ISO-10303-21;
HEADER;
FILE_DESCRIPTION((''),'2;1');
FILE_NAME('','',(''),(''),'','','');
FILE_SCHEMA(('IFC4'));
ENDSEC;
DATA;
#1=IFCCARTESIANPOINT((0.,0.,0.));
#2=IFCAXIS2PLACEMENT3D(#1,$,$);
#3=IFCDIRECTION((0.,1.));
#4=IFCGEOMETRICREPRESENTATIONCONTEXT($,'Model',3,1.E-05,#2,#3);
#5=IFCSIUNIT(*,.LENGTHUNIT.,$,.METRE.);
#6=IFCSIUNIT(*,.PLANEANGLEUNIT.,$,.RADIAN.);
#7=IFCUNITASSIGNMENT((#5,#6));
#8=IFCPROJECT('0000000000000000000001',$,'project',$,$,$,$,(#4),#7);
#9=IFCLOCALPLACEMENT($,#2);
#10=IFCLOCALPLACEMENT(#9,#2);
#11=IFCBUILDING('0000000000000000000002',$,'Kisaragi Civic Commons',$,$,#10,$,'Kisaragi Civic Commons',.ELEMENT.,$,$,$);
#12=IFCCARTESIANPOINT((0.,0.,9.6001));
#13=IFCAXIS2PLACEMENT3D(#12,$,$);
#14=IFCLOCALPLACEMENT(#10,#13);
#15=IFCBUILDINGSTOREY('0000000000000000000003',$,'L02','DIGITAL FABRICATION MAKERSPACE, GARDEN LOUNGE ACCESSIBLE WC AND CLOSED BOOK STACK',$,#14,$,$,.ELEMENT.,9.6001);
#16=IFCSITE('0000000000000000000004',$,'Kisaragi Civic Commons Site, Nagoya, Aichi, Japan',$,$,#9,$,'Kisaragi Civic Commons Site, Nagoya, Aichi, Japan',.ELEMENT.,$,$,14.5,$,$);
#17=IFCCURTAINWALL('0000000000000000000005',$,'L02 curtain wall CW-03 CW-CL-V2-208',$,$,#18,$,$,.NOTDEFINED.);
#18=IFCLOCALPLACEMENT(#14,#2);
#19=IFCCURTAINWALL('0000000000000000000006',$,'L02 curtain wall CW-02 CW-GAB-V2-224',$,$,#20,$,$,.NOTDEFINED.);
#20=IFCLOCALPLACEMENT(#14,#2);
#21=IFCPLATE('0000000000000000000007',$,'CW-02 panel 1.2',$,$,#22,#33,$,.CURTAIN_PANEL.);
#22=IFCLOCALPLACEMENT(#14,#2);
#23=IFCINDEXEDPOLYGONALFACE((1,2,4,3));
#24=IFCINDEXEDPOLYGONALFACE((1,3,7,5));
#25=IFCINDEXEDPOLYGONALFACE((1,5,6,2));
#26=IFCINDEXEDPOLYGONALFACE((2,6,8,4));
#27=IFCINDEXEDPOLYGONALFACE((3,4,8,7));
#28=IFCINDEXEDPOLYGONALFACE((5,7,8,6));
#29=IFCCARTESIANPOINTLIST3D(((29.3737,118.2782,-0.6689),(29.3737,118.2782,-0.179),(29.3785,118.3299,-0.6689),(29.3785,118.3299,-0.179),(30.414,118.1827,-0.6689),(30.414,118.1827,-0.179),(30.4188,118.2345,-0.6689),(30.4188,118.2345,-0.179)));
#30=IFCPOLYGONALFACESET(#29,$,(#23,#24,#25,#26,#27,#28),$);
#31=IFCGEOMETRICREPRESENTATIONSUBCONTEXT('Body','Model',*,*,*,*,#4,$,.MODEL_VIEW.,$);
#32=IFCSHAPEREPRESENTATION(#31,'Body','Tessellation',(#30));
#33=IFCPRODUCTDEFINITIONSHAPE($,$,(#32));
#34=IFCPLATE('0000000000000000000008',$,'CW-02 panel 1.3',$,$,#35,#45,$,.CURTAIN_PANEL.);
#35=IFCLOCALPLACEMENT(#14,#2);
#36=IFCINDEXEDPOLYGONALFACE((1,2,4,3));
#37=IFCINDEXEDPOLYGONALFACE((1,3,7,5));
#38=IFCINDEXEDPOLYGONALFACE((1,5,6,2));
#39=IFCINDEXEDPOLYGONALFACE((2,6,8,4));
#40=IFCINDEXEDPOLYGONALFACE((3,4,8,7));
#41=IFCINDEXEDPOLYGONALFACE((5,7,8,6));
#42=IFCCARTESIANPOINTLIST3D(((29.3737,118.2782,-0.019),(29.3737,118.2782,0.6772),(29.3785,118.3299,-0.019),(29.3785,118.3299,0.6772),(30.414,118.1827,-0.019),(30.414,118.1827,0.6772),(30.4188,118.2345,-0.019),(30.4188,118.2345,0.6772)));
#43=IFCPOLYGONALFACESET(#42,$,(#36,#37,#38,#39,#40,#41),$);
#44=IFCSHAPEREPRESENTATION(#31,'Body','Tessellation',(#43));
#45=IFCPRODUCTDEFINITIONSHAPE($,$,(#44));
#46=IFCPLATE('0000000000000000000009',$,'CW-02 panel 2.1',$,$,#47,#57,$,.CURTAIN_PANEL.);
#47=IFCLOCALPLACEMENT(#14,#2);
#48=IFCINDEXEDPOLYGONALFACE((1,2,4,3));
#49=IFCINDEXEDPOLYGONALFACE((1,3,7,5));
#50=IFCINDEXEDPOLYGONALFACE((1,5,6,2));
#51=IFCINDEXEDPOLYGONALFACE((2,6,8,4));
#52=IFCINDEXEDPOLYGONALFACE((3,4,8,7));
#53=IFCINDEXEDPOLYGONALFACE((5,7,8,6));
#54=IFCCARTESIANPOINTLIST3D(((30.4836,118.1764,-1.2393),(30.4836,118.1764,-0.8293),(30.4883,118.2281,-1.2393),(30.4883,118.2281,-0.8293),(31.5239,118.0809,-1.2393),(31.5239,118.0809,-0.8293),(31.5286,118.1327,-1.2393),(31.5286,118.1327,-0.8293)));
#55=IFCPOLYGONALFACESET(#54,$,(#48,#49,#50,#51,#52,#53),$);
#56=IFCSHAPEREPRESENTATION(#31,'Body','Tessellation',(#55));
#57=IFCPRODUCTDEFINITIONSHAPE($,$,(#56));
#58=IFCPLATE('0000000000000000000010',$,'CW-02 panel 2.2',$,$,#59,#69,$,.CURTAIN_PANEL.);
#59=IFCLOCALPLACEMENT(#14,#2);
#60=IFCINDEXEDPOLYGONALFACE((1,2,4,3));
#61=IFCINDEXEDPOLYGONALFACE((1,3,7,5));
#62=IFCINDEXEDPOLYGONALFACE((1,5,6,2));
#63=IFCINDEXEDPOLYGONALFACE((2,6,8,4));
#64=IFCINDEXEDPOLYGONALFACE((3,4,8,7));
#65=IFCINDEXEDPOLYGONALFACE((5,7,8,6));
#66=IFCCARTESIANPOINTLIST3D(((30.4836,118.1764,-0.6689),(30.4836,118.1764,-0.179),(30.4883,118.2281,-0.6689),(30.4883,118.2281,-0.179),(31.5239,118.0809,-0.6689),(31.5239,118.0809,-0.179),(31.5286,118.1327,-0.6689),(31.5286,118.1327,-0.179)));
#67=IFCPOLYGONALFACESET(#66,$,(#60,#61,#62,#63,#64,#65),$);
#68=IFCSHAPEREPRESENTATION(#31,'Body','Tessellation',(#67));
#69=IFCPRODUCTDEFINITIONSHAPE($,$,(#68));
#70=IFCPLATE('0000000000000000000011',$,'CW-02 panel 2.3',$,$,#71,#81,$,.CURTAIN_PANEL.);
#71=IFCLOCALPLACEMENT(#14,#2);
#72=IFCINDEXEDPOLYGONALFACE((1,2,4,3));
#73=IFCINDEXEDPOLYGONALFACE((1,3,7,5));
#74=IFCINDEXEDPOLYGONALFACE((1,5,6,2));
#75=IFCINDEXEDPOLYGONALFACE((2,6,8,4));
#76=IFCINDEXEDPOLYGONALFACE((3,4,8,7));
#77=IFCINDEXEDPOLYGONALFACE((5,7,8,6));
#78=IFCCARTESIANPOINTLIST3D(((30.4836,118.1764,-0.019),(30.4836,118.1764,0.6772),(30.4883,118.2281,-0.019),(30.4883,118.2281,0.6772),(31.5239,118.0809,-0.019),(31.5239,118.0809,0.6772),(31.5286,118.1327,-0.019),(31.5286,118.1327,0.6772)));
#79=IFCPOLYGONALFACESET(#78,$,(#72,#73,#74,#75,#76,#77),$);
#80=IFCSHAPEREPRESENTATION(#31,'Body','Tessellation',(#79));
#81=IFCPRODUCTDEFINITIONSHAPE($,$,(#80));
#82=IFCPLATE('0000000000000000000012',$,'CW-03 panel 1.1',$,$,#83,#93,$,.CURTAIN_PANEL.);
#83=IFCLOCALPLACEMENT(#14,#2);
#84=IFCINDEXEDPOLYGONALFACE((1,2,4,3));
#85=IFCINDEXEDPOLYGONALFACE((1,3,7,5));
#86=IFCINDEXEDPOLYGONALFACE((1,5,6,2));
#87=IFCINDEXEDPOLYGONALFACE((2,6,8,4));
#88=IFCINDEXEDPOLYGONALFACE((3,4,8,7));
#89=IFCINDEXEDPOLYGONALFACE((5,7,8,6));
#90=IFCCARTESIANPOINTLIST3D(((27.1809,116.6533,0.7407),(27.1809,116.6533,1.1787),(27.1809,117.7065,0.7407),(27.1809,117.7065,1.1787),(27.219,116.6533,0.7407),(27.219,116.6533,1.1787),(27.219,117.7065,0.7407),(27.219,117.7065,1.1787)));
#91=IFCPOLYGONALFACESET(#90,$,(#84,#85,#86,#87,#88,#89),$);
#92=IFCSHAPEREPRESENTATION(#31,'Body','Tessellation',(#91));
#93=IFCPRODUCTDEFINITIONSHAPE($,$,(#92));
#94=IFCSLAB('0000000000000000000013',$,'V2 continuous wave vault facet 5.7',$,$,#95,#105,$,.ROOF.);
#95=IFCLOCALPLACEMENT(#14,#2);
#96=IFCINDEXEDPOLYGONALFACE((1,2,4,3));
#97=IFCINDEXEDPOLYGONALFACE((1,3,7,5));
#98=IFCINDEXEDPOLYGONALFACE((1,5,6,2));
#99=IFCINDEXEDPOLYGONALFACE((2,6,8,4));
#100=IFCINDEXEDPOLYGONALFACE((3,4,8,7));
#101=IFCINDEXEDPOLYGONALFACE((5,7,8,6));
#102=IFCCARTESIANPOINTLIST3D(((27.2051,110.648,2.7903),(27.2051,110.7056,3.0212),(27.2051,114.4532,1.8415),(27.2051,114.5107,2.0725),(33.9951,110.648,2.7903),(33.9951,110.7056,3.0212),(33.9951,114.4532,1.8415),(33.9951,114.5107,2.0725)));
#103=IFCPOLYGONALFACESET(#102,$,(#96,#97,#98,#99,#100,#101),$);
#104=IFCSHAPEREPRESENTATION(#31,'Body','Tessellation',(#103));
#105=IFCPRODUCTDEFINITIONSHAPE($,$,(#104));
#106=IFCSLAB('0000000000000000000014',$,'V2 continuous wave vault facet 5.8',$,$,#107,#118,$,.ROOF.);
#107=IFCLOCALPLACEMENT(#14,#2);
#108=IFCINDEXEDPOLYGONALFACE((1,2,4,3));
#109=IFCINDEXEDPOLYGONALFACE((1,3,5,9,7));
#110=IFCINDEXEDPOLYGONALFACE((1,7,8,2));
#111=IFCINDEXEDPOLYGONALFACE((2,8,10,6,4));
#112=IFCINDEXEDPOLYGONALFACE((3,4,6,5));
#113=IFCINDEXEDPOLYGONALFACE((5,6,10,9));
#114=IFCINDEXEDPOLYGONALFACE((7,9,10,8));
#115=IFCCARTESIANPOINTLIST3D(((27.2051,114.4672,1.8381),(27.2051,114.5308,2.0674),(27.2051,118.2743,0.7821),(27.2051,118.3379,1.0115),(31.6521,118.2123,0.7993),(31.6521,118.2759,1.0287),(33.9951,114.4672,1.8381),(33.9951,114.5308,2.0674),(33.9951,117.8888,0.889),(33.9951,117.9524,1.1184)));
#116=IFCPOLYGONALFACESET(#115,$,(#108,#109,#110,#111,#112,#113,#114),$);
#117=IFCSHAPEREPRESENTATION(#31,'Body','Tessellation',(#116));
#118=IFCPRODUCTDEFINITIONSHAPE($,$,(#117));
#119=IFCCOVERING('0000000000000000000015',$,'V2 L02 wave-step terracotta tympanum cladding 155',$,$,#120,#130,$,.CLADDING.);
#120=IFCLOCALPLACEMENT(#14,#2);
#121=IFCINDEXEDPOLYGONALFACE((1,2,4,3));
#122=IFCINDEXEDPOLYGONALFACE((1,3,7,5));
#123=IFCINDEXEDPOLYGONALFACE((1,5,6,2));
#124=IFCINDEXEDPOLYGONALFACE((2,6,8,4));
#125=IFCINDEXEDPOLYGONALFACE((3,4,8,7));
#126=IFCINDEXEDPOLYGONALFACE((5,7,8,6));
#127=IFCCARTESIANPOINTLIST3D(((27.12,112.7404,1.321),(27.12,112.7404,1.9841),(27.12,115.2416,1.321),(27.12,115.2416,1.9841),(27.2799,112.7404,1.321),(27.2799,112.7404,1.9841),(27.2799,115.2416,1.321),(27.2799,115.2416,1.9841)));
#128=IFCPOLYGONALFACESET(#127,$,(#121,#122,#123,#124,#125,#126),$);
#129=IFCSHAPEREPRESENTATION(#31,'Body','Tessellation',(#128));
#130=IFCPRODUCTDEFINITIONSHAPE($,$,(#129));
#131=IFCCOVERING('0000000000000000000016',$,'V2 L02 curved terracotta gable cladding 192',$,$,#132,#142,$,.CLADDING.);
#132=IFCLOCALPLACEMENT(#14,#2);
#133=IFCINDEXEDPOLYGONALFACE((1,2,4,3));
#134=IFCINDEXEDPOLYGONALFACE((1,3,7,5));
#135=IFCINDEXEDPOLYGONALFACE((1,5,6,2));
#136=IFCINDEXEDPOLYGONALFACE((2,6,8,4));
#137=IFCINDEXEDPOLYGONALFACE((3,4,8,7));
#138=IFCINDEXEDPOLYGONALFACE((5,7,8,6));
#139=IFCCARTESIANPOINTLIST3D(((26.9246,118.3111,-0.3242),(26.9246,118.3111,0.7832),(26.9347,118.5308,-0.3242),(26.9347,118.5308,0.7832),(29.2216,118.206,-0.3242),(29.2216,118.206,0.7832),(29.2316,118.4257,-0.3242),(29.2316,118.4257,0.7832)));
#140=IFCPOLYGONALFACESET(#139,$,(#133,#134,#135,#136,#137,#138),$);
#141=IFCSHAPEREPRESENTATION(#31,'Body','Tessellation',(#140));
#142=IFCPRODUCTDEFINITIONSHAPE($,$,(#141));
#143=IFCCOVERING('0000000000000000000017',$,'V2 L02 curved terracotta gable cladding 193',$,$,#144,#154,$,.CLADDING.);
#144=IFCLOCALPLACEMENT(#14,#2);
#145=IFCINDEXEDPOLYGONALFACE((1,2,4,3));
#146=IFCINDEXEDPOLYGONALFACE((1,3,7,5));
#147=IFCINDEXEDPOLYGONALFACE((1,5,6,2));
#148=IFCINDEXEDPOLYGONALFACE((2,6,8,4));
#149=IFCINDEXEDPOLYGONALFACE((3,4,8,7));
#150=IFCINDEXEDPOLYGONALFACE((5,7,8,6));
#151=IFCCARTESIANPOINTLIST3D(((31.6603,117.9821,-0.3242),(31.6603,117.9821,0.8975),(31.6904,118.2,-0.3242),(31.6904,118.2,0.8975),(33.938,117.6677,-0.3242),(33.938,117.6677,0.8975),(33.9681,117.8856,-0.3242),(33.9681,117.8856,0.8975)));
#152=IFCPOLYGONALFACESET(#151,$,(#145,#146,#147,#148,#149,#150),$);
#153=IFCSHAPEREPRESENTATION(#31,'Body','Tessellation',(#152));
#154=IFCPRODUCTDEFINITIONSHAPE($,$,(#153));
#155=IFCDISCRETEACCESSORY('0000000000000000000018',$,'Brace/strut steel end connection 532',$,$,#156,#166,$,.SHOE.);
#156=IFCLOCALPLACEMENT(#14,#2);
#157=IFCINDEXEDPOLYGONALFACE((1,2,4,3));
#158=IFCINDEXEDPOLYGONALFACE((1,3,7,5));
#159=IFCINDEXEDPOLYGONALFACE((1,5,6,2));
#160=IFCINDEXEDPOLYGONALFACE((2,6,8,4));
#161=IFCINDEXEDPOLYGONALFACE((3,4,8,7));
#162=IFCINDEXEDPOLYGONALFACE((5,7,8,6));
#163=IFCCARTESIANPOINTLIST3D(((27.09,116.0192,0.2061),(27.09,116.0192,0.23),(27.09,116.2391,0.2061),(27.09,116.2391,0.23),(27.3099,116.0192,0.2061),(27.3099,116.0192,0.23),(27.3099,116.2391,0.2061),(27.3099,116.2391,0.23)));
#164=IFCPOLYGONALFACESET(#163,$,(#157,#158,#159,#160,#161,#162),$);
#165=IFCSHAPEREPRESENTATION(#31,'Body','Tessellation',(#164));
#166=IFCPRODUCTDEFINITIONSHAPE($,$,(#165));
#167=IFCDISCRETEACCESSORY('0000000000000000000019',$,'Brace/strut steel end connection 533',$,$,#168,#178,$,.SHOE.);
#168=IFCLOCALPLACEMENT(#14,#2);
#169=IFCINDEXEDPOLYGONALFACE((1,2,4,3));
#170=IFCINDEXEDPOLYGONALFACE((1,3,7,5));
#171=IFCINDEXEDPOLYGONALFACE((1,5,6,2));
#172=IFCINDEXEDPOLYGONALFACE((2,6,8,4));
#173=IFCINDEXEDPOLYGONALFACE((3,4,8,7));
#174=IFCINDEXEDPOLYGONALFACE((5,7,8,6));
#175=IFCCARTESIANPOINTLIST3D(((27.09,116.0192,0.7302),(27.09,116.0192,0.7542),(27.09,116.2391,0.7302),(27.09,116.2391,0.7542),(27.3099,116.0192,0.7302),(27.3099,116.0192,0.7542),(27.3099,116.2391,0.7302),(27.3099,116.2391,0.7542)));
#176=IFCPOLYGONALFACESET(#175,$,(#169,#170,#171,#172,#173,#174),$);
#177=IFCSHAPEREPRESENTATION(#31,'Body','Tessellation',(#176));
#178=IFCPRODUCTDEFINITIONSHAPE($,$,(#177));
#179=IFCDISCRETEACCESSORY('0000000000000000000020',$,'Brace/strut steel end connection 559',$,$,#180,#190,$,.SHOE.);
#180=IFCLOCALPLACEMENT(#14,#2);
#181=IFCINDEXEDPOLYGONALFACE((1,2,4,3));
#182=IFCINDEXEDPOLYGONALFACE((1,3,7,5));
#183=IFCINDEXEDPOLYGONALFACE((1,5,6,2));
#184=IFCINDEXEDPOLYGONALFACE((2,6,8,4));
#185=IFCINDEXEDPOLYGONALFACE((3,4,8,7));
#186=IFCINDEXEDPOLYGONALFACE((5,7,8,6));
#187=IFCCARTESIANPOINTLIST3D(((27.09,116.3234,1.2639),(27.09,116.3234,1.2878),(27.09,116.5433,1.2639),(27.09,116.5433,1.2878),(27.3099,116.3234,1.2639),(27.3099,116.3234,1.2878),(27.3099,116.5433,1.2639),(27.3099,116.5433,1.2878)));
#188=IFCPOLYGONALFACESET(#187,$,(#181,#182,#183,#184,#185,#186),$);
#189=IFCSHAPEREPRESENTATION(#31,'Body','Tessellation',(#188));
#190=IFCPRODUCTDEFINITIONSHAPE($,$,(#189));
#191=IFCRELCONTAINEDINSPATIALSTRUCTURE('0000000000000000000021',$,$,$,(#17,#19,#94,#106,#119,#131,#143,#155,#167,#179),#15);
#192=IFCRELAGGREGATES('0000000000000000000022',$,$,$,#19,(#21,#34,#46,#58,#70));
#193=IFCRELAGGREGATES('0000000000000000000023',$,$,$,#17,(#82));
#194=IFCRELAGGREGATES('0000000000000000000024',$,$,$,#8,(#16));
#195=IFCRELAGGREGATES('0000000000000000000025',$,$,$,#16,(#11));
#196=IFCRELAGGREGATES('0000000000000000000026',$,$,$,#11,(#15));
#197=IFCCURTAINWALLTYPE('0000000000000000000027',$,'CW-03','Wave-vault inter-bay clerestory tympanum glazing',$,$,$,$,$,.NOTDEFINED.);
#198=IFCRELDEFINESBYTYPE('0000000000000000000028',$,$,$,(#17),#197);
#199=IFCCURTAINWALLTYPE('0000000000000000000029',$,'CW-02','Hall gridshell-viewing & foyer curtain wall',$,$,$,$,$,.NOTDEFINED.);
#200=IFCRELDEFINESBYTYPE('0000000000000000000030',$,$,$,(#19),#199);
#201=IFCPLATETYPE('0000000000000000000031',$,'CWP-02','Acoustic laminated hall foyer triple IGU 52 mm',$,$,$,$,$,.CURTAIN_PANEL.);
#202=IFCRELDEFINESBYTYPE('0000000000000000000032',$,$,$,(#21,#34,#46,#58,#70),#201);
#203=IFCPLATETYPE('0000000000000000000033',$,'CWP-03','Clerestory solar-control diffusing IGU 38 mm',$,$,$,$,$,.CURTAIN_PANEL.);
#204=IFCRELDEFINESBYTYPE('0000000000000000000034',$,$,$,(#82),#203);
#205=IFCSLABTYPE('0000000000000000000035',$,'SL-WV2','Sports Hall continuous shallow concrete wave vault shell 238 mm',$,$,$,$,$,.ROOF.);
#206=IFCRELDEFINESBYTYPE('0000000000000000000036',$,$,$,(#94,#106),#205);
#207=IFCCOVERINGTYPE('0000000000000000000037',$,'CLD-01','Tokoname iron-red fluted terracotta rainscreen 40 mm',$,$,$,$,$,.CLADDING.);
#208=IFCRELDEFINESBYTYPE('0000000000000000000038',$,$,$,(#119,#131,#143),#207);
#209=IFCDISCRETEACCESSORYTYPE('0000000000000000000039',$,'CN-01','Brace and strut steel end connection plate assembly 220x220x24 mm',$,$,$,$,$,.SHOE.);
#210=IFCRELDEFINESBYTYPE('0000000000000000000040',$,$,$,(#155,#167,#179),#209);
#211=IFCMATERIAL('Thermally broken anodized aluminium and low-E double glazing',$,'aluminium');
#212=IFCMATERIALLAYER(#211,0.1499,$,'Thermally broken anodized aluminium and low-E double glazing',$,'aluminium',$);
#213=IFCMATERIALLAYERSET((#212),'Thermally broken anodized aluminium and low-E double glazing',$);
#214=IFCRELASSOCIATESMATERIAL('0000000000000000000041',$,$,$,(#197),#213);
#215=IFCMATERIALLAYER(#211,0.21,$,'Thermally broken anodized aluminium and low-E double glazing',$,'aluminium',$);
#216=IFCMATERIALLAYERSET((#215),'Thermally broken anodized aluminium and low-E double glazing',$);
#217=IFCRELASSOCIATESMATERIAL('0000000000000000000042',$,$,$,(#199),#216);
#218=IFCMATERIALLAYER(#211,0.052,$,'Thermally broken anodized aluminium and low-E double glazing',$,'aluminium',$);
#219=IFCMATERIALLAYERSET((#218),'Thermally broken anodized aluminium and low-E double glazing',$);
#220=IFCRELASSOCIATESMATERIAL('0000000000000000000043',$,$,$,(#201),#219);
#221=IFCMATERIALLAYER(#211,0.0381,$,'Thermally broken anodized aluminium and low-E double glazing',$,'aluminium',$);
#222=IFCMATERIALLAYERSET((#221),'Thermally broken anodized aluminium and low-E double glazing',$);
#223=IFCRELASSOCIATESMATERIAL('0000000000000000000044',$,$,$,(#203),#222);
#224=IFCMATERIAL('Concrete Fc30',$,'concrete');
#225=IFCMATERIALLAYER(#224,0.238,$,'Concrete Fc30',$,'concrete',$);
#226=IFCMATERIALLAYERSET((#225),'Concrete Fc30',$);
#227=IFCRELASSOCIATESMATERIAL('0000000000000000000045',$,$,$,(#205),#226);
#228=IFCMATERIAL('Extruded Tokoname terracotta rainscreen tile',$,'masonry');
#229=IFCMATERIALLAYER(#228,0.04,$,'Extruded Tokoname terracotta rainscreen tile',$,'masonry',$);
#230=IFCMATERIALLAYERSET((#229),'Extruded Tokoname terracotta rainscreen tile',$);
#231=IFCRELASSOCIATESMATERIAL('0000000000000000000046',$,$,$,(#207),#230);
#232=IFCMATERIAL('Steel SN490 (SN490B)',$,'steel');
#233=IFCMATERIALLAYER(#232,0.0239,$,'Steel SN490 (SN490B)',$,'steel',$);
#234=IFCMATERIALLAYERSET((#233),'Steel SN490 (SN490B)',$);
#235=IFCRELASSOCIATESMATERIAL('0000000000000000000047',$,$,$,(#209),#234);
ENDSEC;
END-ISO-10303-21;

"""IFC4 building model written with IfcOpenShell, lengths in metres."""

from ifc_helpers import new_model, si_unit, direction, frame, origin, origin_2d, place, context, subcontext, project, spatial, polyline, rectangle, outline, extrude, material, layer, layer_set, type_object, element, aggregate, save


model = new_model("IFC4")

# Units and contexts
model_context = context("Model", 3, precision=1e-05, world=origin(), true_north=direction((0.0, 1.0)))
body_context = subcontext(model_context, "Body", "Model", "MODEL_VIEW")
ifc_project = project(units=[si_unit("LENGTHUNIT", "METRE"), si_unit("PLANEANGLEUNIT", "RADIAN")], contexts=[model_context])

# Site, building, storey
site_placement = place(None, origin())
site = spatial("IfcSite", under=ifc_project, at=site_placement, Name="Kisaragi Civic Commons Site, Nagoya, Aichi, Japan", LongName="Kisaragi Civic Commons Site, Nagoya, Aichi, Japan", CompositionType="ELEMENT", RefElevation=14.5)
building_placement = place(site_placement, origin())
building = spatial("IfcBuilding", under=site, at=building_placement, Name="Kisaragi Civic Commons", LongName="Kisaragi Civic Commons", CompositionType="ELEMENT")
storey_placement = place(building_placement, frame((0.0, 0.0, 9.6001)))
storey = spatial("IfcBuildingStorey", under=building, at=storey_placement, Name="L02", Description="DIGITAL FABRICATION MAKERSPACE, GARDEN LOUNGE ACCESSIBLE WC AND CLOSED BOOK STACK", CompositionType="ELEMENT", Elevation=9.6001)

# Curtain walls
ifc_material_1 = material(Name="Thermally broken anodized aluminium and low-E double glazing", Category="aluminium")
ifc_layer_1 = layer(ifc_material_1, 0.1499, Name="Thermally broken anodized aluminium and low-E double glazing", Category="aluminium")
ifc_layer_set_1 = layer_set([ifc_layer_1], Name="Thermally broken anodized aluminium and low-E double glazing")
curtain_wall_type_1 = type_object("IfcCurtainWallType", Name="CW-03", Description="Wave-vault inter-bay clerestory tympanum glazing", PredefinedType="NOTDEFINED", material=ifc_layer_set_1)
curtain_wall_1_placement = place(storey_placement, origin())
curtain_wall_1 = element("IfcCurtainWall", 1, at=curtain_wall_1_placement, inside=storey, type_object=curtain_wall_type_1, Name="L02 curtain wall CW-03 CW-CL-V2-208", PredefinedType="NOTDEFINED")
ifc_layer_2 = layer(ifc_material_1, 0.21, Name="Thermally broken anodized aluminium and low-E double glazing", Category="aluminium")
ifc_layer_set_2 = layer_set([ifc_layer_2], Name="Thermally broken anodized aluminium and low-E double glazing")
curtain_wall_type_2 = type_object("IfcCurtainWallType", Name="CW-02", Description="Hall gridshell-viewing & foyer curtain wall", PredefinedType="NOTDEFINED", material=ifc_layer_set_2)
curtain_wall_2_placement = place(storey_placement, origin())
curtain_wall_2 = element("IfcCurtainWall", 2, at=curtain_wall_2_placement, inside=storey, type_object=curtain_wall_type_2, Name="L02 curtain wall CW-02 CW-GAB-V2-224", PredefinedType="NOTDEFINED")

# Shared definitions
ifc_material_2 = material(Name="Steel SN490 (SN490B)", Category="steel")

# Plates
ifc_layer_3 = layer(ifc_material_1, 0.052, Name="Thermally broken anodized aluminium and low-E double glazing", Category="aluminium")
ifc_layer_set_3 = layer_set([ifc_layer_3], Name="Thermally broken anodized aluminium and low-E double glazing")
plate_type_1 = type_object("IfcPlateType", Name="CWP-02", Description="Acoustic laminated hall foyer triple IGU 52 mm", PredefinedType="CURTAIN_PANEL", material=ifc_layer_set_3)
plate_1_placement = place(storey_placement, frame((29.8962, 118.2563, -0.6689), z_axis=(0.0, 0.0, 1.0), x_axis=(0.995821, -0.091332, 0.0)))
plate_1 = element("IfcPlate", 3, at=plate_1_placement, type_object=plate_type_1, Name="CW-02 panel 1.2", PredefinedType="CURTAIN_PANEL", context=body_context, shape_type="SweptSolid", body=[
    extrude(rectangle(XDim=1.0447, YDim=0.052, at=origin_2d()), origin(), (0.0, 0.0, 1.0), 0.49),
])
plate_2_placement = place(storey_placement, frame((29.8962, 118.2563, -0.019), z_axis=(0.0, 0.0, 1.0), x_axis=(0.995821, -0.091332, 0.0)))
plate_2 = element("IfcPlate", 4, at=plate_2_placement, type_object=plate_type_1, Name="CW-02 panel 1.3", PredefinedType="CURTAIN_PANEL", context=body_context, shape_type="SweptSolid", body=[
    extrude(rectangle(XDim=1.0447, YDim=0.052, at=origin_2d()), origin(), (0.0, 0.0, 1.0), 0.6963),
])
plate_3_placement = place(storey_placement, frame((31.0061, 118.1545, -1.2393), z_axis=(0.0, 0.0, 1.0), x_axis=(0.995821, -0.091332, 0.0)))
plate_3 = element("IfcPlate", 5, at=plate_3_placement, type_object=plate_type_1, Name="CW-02 panel 2.1", PredefinedType="CURTAIN_PANEL", context=body_context, shape_type="SweptSolid", body=[
    extrude(rectangle(XDim=1.0447, YDim=0.052, at=origin_2d()), origin(), (0.0, 0.0, 1.0), 0.4099),
])
plate_4_placement = place(storey_placement, frame((31.0061, 118.1545, -0.6689), z_axis=(0.0, 0.0, 1.0), x_axis=(0.995821, -0.091332, 0.0)))
plate_4 = element("IfcPlate", 6, at=plate_4_placement, type_object=plate_type_1, Name="CW-02 panel 2.2", PredefinedType="CURTAIN_PANEL", context=body_context, shape_type="SweptSolid", body=[
    extrude(rectangle(XDim=1.0447, YDim=0.052, at=origin_2d()), origin(), (0.0, 0.0, 1.0), 0.49),
])
plate_5_placement = place(storey_placement, frame((31.0061, 118.1545, -0.019), z_axis=(0.0, 0.0, 1.0), x_axis=(0.995821, -0.091332, 0.0)))
plate_5 = element("IfcPlate", 7, at=plate_5_placement, type_object=plate_type_1, Name="CW-02 panel 2.3", PredefinedType="CURTAIN_PANEL", context=body_context, shape_type="SweptSolid", body=[
    extrude(rectangle(XDim=1.0447, YDim=0.052, at=origin_2d()), origin(), (0.0, 0.0, 1.0), 0.6963),
])
aggregate(curtain_wall_2, [plate_1, plate_2, plate_3, plate_4, plate_5])
ifc_layer_4 = layer(ifc_material_1, 0.0381, Name="Thermally broken anodized aluminium and low-E double glazing", Category="aluminium")
ifc_layer_set_4 = layer_set([ifc_layer_4], Name="Thermally broken anodized aluminium and low-E double glazing")
plate_type_2 = type_object("IfcPlateType", Name="CWP-03", Description="Clerestory solar-control diffusing IGU 38 mm", PredefinedType="CURTAIN_PANEL", material=ifc_layer_set_4)
plate_6_placement = place(storey_placement, frame((27.2, 117.1799, 0.7407), z_axis=(0.0, 0.0, 1.0), x_axis=(0.0, 1.0, 0.0)))
plate_6 = element("IfcPlate", 8, at=plate_6_placement, type_object=plate_type_2, Name="CW-03 panel 1.1", PredefinedType="CURTAIN_PANEL", context=body_context, shape_type="SweptSolid", body=[
    extrude(rectangle(XDim=1.0532, YDim=0.0381, at=origin_2d()), origin(), (0.0, 0.0, 1.0), 0.438),
])
aggregate(curtain_wall_1, [plate_6])

# Slabs
ifc_material_3 = material(Name="Concrete Fc30", Category="concrete")
ifc_layer_5 = layer(ifc_material_3, 0.238, Name="Concrete Fc30", Category="concrete")
ifc_layer_set_5 = layer_set([ifc_layer_5], Name="Concrete Fc30")
slab_type = type_object("IfcSlabType", Name="SL-WV2", Description="Sports Hall continuous shallow concrete wave vault shell 238 mm", PredefinedType="ROOF", material=ifc_layer_set_5)
slab_1_placement = place(storey_placement, frame((33.9951, 114.5107, 2.0725), z_axis=(0.0, 0.24192, 0.970296), x_axis=(-1.0, 0.0, 0.0)))
element("IfcSlab", 9, at=slab_1_placement, inside=storey, type_object=slab_type, Name="V2 continuous wave vault facet 5.7", PredefinedType="ROOF", context=body_context, shape_type="SweptSolid", body=[
    extrude(outline(polyline([(0.0, 0.0), (6.79, 0.0), (6.79, 3.9217), (0.0, 3.9217), (0.0, 0.0)])), origin(), (0.0, 0.0, -1.0), 0.238),
])
slab_2_placement = place(storey_placement, frame((27.2051, 118.3379, 1.0115), z_axis=(0.0, 0.267274, 0.963621), x_axis=(0.0, -0.963621, 0.267274)))
element("IfcSlab", 10, at=slab_2_placement, inside=storey, type_object=slab_type, Name="V2 continuous wave vault facet 5.8", PredefinedType="ROOF", context=body_context, shape_type="SweptSolid", body=[
    extrude(outline(polyline([(0.0, 0.0), (3.9508, 0.0), (3.9508, 6.79), (0.4001, 6.79), (0.0643, 4.447), (0.0, 0.0)])), origin(), (0.0, 0.0, -1.0), 0.238),
])

# Coverings
ifc_material_4 = material(Name="Extruded Tokoname terracotta rainscreen tile", Category="masonry")
ifc_layer_6 = layer(ifc_material_4, 0.04, Name="Extruded Tokoname terracotta rainscreen tile", Category="masonry")
ifc_layer_set_6 = layer_set([ifc_layer_6], Name="Extruded Tokoname terracotta rainscreen tile")
covering_type = type_object("IfcCoveringType", Name="CLD-01", Description="Tokoname iron-red fluted terracotta rainscreen 40 mm", PredefinedType="CLADDING", material=ifc_layer_set_6)
covering_1_placement = place(storey_placement, frame((27.2, 113.991, 1.321), z_axis=(0.0, 0.0, 1.0), x_axis=(0.0, 1.0, 0.0)))
element("IfcCovering", 11, at=covering_1_placement, inside=storey, type_object=covering_type, Name="V2 L02 wave-step terracotta tympanum cladding 155", PredefinedType="CLADDING", context=body_context, shape_type="SweptSolid", body=[
    extrude(rectangle(XDim=2.5012, YDim=0.1599, at=origin_2d()), origin(), (0.0, 0.0, 1.0), 0.6631),
])
covering_2_placement = place(storey_placement, frame((28.0781, 118.3684, -0.3242), z_axis=(0.0, 0.0, 1.0), x_axis=(0.998955, -0.045712, 0.0)))
element("IfcCovering", 12, at=covering_2_placement, inside=storey, type_object=covering_type, Name="V2 L02 curved terracotta gable cladding 192", PredefinedType="CLADDING", context=body_context, shape_type="SweptSolid", body=[
    extrude(rectangle(XDim=2.2993, YDim=0.22, at=origin_2d()), origin(), (0.0, 0.0, 1.0), 1.1074),
])
covering_3_placement = place(storey_placement, frame((32.8142, 117.9338, -0.3242), z_axis=(0.0, 0.0, 1.0), x_axis=(0.990605, -0.136753, 0.0)))
element("IfcCovering", 13, at=covering_3_placement, inside=storey, type_object=covering_type, Name="V2 L02 curved terracotta gable cladding 193", PredefinedType="CLADDING", context=body_context, shape_type="SweptSolid", body=[
    extrude(rectangle(XDim=2.2993, YDim=0.22, at=origin_2d()), origin(), (0.0, 0.0, 1.0), 1.2217),
])

# Discrete accessories
ifc_layer_7 = layer(ifc_material_2, 0.0239, Name="Steel SN490 (SN490B)", Category="steel")
ifc_layer_set_7 = layer_set([ifc_layer_7], Name="Steel SN490 (SN490B)")
discrete_accessory_type = type_object("IfcDiscreteAccessoryType", Name="CN-01", Description="Brace and strut steel end connection plate assembly 220x220x24 mm", PredefinedType="SHOE", material=ifc_layer_set_7)
for number, where, z_axis, x_axis, name in (
    (14, (27.2, 116.1292, 0.2061), (0.0, 0.0, 1.0), (1.0, 0.0, 0.0), "Brace/strut steel end connection 532"),
    (15, (27.2, 116.1292, 0.7302), (0.0, 0.0, 1.0), (1.0, 0.0, 0.0), "Brace/strut steel end connection 533"),
    (16, (27.2, 116.4333, 1.2639), (0.0, 0.0, 1.0), (1.0, 0.0, 0.0), "Brace/strut steel end connection 559"),
):
    element("IfcDiscreteAccessory", number, at=place(storey_placement, frame(where, z_axis=z_axis, x_axis=x_axis)), inside=storey, type_object=discrete_accessory_type, Name=name, PredefinedType="SHOE", context=body_context, shape_type="SweptSolid", body=[
        extrude(rectangle(XDim=0.22, YDim=0.22, at=origin_2d()), origin(), (0.0, 0.0, 1.0), 0.0239),
    ])

save(model, "model.ifc")
